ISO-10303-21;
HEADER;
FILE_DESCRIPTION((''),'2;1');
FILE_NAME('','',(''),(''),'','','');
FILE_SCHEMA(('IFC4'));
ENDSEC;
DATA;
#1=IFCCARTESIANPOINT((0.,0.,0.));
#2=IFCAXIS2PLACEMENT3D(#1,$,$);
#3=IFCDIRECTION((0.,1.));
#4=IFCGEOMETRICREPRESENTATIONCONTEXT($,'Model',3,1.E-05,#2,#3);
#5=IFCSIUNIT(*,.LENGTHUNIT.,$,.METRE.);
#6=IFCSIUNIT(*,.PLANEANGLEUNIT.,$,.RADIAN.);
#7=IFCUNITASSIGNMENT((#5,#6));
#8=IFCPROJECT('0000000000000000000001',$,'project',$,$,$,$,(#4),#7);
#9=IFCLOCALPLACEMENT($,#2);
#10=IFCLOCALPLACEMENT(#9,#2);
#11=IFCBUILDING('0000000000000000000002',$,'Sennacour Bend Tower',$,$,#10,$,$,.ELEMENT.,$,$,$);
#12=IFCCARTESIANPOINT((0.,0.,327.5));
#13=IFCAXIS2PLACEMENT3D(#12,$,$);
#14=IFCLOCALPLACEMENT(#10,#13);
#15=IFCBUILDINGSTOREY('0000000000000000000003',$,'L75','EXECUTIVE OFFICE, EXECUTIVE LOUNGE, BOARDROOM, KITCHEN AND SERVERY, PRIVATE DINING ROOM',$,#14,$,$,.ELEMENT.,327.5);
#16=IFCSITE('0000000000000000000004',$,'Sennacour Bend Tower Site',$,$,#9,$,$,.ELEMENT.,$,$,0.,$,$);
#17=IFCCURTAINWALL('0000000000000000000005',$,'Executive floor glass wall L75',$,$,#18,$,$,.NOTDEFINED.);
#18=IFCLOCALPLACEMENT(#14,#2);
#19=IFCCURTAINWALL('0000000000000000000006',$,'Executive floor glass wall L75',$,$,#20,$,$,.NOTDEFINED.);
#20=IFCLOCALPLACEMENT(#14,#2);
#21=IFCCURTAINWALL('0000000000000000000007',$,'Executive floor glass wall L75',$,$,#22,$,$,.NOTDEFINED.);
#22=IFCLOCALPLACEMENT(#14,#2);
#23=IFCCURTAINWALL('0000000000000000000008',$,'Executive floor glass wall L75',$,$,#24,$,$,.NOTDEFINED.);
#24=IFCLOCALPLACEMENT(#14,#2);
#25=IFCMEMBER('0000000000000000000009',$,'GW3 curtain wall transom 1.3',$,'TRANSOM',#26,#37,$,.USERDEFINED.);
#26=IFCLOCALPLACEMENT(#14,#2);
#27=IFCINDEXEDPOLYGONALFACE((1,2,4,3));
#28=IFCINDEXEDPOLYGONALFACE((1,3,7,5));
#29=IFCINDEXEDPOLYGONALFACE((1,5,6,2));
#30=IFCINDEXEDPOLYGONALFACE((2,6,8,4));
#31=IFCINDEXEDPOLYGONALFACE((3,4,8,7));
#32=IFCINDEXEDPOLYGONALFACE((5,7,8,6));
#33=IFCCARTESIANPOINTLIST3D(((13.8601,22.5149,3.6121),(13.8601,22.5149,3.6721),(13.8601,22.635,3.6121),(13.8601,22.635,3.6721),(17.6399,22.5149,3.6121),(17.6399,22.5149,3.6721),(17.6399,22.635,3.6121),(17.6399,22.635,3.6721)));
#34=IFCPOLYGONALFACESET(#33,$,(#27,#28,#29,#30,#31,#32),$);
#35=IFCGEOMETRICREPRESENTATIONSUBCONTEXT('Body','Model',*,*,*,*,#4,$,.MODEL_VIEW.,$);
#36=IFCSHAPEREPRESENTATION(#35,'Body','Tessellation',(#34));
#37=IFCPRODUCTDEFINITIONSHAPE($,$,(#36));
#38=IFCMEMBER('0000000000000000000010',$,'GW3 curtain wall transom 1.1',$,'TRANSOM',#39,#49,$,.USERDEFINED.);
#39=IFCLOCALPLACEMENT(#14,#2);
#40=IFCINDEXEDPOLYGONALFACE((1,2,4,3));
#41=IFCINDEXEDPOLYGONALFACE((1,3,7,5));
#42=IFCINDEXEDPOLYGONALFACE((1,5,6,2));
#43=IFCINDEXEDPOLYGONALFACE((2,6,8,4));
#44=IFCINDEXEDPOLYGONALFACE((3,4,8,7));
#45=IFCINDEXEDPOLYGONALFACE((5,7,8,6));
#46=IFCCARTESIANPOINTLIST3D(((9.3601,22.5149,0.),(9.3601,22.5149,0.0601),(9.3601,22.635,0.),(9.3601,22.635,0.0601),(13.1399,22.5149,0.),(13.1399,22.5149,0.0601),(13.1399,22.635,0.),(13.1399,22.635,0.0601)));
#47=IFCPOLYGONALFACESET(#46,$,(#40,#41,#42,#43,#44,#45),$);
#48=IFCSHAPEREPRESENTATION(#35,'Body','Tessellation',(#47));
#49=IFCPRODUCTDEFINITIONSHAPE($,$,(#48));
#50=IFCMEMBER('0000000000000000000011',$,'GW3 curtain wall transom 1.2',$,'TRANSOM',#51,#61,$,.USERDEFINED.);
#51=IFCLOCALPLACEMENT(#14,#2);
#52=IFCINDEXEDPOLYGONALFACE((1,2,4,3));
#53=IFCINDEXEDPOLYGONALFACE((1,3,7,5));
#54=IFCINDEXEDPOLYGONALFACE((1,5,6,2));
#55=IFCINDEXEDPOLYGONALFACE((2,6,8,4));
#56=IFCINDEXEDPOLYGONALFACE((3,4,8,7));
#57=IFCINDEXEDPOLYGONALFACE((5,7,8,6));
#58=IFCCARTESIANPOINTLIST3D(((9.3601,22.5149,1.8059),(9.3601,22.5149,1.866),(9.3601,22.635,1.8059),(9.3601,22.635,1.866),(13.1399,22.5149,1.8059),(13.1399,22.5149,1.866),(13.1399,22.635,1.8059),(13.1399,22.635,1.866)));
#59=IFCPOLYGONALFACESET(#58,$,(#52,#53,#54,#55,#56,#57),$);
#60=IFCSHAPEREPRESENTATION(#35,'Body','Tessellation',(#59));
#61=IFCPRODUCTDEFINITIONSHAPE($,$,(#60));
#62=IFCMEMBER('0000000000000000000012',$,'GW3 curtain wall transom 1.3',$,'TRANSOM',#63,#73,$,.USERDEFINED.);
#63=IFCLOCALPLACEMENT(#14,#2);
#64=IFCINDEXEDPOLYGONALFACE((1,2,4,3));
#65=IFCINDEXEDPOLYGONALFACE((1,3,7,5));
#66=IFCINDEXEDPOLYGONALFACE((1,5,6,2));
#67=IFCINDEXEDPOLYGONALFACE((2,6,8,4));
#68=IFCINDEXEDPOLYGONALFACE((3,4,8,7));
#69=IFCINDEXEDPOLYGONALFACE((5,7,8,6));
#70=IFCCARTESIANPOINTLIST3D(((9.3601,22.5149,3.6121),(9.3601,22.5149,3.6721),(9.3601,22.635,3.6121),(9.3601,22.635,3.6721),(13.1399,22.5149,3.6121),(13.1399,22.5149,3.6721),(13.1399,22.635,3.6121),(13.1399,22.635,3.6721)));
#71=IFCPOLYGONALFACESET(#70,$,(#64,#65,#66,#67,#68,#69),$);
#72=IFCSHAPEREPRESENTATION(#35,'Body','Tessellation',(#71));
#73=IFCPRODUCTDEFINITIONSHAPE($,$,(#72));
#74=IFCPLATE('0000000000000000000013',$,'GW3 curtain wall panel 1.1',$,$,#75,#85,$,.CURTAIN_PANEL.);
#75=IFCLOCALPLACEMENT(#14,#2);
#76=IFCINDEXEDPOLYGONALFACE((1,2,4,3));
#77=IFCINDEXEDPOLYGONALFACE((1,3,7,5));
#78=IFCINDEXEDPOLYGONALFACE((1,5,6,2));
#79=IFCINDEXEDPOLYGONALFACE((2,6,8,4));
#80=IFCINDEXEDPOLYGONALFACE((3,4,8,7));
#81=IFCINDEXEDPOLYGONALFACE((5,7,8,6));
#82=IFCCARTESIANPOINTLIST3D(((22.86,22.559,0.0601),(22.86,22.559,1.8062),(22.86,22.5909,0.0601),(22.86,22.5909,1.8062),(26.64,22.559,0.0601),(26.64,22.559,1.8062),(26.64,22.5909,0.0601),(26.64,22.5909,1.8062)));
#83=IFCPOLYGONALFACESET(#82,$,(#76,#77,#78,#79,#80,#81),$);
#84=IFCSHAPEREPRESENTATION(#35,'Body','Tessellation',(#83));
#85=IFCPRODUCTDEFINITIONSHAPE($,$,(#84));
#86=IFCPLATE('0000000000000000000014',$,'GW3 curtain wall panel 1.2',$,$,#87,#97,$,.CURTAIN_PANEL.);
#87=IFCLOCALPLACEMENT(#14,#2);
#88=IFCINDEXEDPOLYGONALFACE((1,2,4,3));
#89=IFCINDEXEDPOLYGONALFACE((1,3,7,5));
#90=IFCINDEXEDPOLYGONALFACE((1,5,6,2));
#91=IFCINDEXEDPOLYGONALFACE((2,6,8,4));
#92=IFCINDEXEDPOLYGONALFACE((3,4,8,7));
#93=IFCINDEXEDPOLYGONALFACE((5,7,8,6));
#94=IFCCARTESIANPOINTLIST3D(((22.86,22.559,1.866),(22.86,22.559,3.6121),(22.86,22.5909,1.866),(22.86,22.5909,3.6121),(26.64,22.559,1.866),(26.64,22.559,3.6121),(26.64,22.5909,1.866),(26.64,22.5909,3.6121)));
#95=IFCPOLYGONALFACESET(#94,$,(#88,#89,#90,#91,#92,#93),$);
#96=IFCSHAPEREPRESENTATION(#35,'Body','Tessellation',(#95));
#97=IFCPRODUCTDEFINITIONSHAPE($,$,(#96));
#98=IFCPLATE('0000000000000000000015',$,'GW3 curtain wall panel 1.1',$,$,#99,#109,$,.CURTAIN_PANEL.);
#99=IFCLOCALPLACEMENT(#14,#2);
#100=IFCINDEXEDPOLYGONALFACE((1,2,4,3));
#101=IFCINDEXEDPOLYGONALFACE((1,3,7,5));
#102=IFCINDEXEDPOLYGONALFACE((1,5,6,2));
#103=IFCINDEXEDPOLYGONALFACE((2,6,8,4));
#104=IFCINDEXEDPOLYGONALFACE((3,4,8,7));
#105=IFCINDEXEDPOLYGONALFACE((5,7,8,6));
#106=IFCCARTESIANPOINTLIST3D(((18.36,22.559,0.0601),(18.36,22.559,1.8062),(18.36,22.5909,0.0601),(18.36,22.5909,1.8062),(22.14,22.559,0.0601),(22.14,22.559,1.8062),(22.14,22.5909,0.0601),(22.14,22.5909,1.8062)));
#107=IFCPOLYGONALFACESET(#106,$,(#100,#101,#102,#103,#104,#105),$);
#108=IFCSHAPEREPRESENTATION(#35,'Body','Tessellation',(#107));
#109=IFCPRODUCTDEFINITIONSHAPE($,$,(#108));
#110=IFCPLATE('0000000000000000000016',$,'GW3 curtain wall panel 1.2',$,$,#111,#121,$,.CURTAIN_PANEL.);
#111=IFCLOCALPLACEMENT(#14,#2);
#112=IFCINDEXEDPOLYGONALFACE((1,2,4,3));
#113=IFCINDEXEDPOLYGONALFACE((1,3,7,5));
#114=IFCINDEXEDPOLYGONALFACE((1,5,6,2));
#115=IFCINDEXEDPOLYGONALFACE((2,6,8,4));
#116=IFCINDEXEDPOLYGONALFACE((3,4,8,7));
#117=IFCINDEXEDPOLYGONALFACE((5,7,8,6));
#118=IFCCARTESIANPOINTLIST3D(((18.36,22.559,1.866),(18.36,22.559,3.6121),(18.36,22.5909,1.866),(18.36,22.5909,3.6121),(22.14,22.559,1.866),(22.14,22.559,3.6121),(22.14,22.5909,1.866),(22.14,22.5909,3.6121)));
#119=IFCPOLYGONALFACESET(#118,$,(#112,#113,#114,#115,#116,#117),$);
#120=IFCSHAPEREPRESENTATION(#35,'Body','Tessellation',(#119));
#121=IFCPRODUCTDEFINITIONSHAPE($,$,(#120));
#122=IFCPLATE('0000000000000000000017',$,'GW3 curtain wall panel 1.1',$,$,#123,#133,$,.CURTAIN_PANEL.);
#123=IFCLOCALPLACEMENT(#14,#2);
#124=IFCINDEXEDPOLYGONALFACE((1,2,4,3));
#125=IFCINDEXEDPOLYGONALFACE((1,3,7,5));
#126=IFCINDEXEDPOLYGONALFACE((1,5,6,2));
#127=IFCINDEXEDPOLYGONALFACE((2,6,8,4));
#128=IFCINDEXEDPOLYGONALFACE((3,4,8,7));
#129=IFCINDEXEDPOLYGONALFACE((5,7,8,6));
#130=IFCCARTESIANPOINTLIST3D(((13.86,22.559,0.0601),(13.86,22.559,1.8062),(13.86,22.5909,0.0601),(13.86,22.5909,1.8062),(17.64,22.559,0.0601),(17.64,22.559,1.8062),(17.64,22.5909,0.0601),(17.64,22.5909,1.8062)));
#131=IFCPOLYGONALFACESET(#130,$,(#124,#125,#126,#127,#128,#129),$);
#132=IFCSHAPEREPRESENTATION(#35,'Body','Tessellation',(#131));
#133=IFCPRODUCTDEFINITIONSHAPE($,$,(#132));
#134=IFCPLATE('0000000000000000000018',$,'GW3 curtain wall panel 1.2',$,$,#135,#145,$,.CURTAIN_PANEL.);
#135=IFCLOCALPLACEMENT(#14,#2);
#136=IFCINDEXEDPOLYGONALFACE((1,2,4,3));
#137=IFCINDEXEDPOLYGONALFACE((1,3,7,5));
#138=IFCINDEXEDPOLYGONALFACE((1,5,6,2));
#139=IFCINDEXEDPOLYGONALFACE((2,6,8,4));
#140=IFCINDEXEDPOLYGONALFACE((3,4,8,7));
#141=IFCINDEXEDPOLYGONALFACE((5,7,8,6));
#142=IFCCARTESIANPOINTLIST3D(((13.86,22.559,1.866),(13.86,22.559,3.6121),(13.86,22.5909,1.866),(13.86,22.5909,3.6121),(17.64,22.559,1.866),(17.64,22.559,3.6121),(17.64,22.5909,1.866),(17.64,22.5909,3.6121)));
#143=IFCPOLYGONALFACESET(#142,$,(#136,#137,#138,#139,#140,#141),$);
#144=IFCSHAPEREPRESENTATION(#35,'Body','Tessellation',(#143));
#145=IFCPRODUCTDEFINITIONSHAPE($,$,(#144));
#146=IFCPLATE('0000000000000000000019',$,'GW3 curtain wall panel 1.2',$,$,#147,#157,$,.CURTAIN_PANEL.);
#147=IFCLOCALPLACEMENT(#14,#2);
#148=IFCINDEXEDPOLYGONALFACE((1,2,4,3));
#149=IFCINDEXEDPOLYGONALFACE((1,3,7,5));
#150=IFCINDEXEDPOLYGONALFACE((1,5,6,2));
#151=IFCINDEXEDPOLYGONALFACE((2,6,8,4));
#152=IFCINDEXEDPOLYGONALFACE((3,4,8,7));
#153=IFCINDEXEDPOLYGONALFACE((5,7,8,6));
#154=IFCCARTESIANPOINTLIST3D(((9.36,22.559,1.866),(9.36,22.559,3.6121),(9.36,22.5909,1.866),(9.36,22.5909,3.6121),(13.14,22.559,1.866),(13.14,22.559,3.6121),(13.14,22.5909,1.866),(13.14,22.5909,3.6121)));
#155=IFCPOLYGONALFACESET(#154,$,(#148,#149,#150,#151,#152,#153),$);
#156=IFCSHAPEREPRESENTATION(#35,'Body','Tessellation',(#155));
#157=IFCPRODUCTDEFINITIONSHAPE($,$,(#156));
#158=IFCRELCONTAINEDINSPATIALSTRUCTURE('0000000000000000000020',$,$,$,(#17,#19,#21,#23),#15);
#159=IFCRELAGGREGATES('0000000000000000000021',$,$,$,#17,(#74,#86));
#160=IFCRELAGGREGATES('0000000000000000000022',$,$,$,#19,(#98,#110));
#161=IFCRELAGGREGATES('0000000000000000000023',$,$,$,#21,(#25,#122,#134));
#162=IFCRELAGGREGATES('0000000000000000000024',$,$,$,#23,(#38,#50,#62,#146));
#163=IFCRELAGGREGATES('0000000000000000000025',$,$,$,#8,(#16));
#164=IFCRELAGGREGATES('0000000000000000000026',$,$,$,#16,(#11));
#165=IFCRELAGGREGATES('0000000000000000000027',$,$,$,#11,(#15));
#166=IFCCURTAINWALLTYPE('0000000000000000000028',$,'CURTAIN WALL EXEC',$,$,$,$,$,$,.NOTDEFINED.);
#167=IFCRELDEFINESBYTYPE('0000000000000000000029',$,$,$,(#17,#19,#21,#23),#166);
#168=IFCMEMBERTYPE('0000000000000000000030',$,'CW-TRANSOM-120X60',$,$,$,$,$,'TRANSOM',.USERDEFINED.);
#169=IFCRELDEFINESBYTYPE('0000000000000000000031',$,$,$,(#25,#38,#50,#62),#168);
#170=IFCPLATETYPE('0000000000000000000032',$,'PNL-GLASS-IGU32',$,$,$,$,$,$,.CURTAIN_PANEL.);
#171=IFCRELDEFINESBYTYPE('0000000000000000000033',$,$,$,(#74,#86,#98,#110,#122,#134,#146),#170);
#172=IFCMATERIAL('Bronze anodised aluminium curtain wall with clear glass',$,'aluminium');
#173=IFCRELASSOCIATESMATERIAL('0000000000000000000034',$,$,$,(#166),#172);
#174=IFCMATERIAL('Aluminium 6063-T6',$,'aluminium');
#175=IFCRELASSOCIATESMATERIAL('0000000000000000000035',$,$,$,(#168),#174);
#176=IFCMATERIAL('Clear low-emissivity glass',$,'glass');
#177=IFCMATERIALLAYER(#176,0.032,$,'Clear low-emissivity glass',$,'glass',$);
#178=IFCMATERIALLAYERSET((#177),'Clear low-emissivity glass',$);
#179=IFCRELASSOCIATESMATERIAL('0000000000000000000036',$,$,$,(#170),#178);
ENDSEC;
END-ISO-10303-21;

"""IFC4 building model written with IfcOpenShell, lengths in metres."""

from ifc_helpers import new_model, si_unit, direction, frame, origin, origin_2d, place, context, subcontext, project, spatial, rectangle, extrude, material, layer, layer_set, material_profile, profile_set, type_object, element, aggregate, save


model = new_model("IFC4")

# Units and contexts
model_context = context("Model", 3, precision=1e-05, world=origin(), true_north=direction((0.0, 1.0)))
body_context = subcontext(model_context, "Body", "Model", "MODEL_VIEW")
ifc_project = project(units=[si_unit("LENGTHUNIT", "METRE"), si_unit("PLANEANGLEUNIT", "RADIAN")], contexts=[model_context])

# Site, building, storey
site_placement = place(None, origin())
site = spatial("IfcSite", under=ifc_project, at=site_placement, Name="Sennacour Bend Tower Site", CompositionType="ELEMENT", RefElevation=0.0)
building_placement = place(site_placement, origin())
building = spatial("IfcBuilding", under=site, at=building_placement, Name="Sennacour Bend Tower", CompositionType="ELEMENT")
storey_placement = place(building_placement, frame((0.0, 0.0, 327.5)))
storey = spatial("IfcBuildingStorey", under=building, at=storey_placement, Name="L75", Description="EXECUTIVE OFFICE, EXECUTIVE LOUNGE, BOARDROOM, KITCHEN AND SERVERY, PRIVATE DINING ROOM", CompositionType="ELEMENT", Elevation=327.5)

# Curtain walls
ifc_material_1 = material(Name="Bronze anodised aluminium curtain wall with clear glass", Category="aluminium")
curtain_wall_type = type_object("IfcCurtainWallType", Name="CURTAIN WALL EXEC", PredefinedType="NOTDEFINED", material=ifc_material_1)
curtain_wall_1_placement = place(storey_placement, origin())
curtain_wall_1 = element("IfcCurtainWall", 1, at=curtain_wall_1_placement, inside=storey, type_object=curtain_wall_type, Name="Executive floor glass wall L75", PredefinedType="NOTDEFINED")
ifc_material_2 = material(Name="Aluminium 6063-T6", Category="aluminium")
curtain_wall_2_placement = place(storey_placement, origin())
curtain_wall_2 = element("IfcCurtainWall", 2, at=curtain_wall_2_placement, inside=storey, type_object=curtain_wall_type, Name="Executive floor glass wall L75", PredefinedType="NOTDEFINED")
curtain_wall_3_placement = place(storey_placement, origin())
curtain_wall_3 = element("IfcCurtainWall", 3, at=curtain_wall_3_placement, inside=storey, type_object=curtain_wall_type, Name="Executive floor glass wall L75", PredefinedType="NOTDEFINED")

# Curtain wall
curtain_wall_4_placement = place(storey_placement, origin())
curtain_wall_4 = element("IfcCurtainWall", 4, at=curtain_wall_4_placement, inside=storey, type_object=curtain_wall_type, Name="Executive floor glass wall L75", PredefinedType="NOTDEFINED")

# Members
ifc_material_profile_1 = material_profile(ifc_material_2, rectangle(XDim=0.1201, YDim=0.0601, at=origin_2d()), Name="Aluminium 6063-T6", Category="aluminium")
ifc_profile_set_1 = profile_set([ifc_material_profile_1], Name="Aluminium 6063-T6")
member_type_1 = type_object("IfcMemberType", Name="CW-TRANSOM-120X60", ElementType="TRANSOM", PredefinedType="USERDEFINED", material=ifc_profile_set_1)
member_1_placement = place(storey_placement, frame((17.6399, 22.575, 3.6421), z_axis=(-1.0, 0.0, 0.0), x_axis=(0.0, -1.0, 0.0)))
member_1 = element("IfcMember", 5, at=member_1_placement, type_object=member_type_1, Name="GW3 curtain wall transom 1.3", ObjectType="TRANSOM", PredefinedType="USERDEFINED", context=body_context, shape_type="SweptSolid", body=[
    extrude(rectangle(XDim=0.1201, YDim=0.0601, at=origin_2d()), origin(), (0.0, 0.0, 1.0), 3.7798),
])
member_2_placement = place(storey_placement, frame((13.1399, 22.575, 0.03), z_axis=(-1.0, 0.0, 0.0), x_axis=(0.0, -1.0, 0.0)))
member_2 = element("IfcMember", 6, at=member_2_placement, type_object=member_type_1, Name="GW3 curtain wall transom 1.1", ObjectType="TRANSOM", PredefinedType="USERDEFINED", context=body_context, shape_type="SweptSolid", body=[
    extrude(rectangle(XDim=0.1201, YDim=0.0601, at=origin_2d()), origin(), (0.0, 0.0, 1.0), 3.7798),
])
member_3_placement = place(storey_placement, frame((13.1399, 22.575, 1.8359), z_axis=(-1.0, 0.0, 0.0), x_axis=(0.0, -1.0, 0.0)))
member_3 = element("IfcMember", 7, at=member_3_placement, type_object=member_type_1, Name="GW3 curtain wall transom 1.2", ObjectType="TRANSOM", PredefinedType="USERDEFINED", context=body_context, shape_type="SweptSolid", body=[
    extrude(rectangle(XDim=0.1201, YDim=0.0601, at=origin_2d()), origin(), (0.0, 0.0, 1.0), 3.7798),
])
member_4_placement = place(storey_placement, frame((13.1399, 22.575, 3.6421), z_axis=(-1.0, 0.0, 0.0), x_axis=(0.0, -1.0, 0.0)))
member_4 = element("IfcMember", 8, at=member_4_placement, type_object=member_type_1, Name="GW3 curtain wall transom 1.3", ObjectType="TRANSOM", PredefinedType="USERDEFINED", context=body_context, shape_type="SweptSolid", body=[
    extrude(rectangle(XDim=0.1201, YDim=0.0601, at=origin_2d()), origin(), (0.0, 0.0, 1.0), 3.7798),
])

# Plates
ifc_material_3 = material(Name="Clear low-emissivity glass", Category="glass")
ifc_layer = layer(ifc_material_3, 0.032, Name="Clear low-emissivity glass", Category="glass")
ifc_layer_set = layer_set([ifc_layer], Name="Clear low-emissivity glass")
plate_type = type_object("IfcPlateType", Name="PNL-GLASS-IGU32", PredefinedType="CURTAIN_PANEL", material=ifc_layer_set)
plate_1_placement = place(storey_placement, frame((24.75, 22.575, 0.0601), z_axis=(0.0, 0.0, 1.0), x_axis=(-1.0, 0.0, 0.0)))
plate_1 = element("IfcPlate", 9, at=plate_1_placement, type_object=plate_type, Name="GW3 curtain wall panel 1.1", PredefinedType="CURTAIN_PANEL", context=body_context, shape_type="SweptSolid", body=[
    extrude(rectangle(XDim=3.78, YDim=0.032, at=origin_2d()), origin(), (0.0, 0.0, 1.0), 1.7461),
])
plate_2_placement = place(storey_placement, frame((24.75, 22.575, 1.866), z_axis=(0.0, 0.0, 1.0), x_axis=(-1.0, 0.0, 0.0)))
plate_2 = element("IfcPlate", 10, at=plate_2_placement, type_object=plate_type, Name="GW3 curtain wall panel 1.2", PredefinedType="CURTAIN_PANEL", context=body_context, shape_type="SweptSolid", body=[
    extrude(rectangle(XDim=3.78, YDim=0.032, at=origin_2d()), origin(), (0.0, 0.0, 1.0), 1.7461),
])
aggregate(curtain_wall_1, [plate_1, plate_2])
plate_3_placement = place(storey_placement, frame((20.25, 22.575, 0.0601), z_axis=(0.0, 0.0, 1.0), x_axis=(-1.0, 0.0, 0.0)))
plate_3 = element("IfcPlate", 11, at=plate_3_placement, type_object=plate_type, Name="GW3 curtain wall panel 1.1", PredefinedType="CURTAIN_PANEL", context=body_context, shape_type="SweptSolid", body=[
    extrude(rectangle(XDim=3.78, YDim=0.032, at=origin_2d()), origin(), (0.0, 0.0, 1.0), 1.7461),
])
plate_4_placement = place(storey_placement, frame((20.25, 22.575, 1.866), z_axis=(0.0, 0.0, 1.0), x_axis=(-1.0, 0.0, 0.0)))
plate_4 = element("IfcPlate", 12, at=plate_4_placement, type_object=plate_type, Name="GW3 curtain wall panel 1.2", PredefinedType="CURTAIN_PANEL", context=body_context, shape_type="SweptSolid", body=[
    extrude(rectangle(XDim=3.78, YDim=0.032, at=origin_2d()), origin(), (0.0, 0.0, 1.0), 1.7461),
])
aggregate(curtain_wall_2, [plate_3, plate_4])
plate_5_placement = place(storey_placement, frame((15.75, 22.575, 0.0601), z_axis=(0.0, 0.0, 1.0), x_axis=(-1.0, 0.0, 0.0)))
plate_5 = element("IfcPlate", 13, at=plate_5_placement, type_object=plate_type, Name="GW3 curtain wall panel 1.1", PredefinedType="CURTAIN_PANEL", context=body_context, shape_type="SweptSolid", body=[
    extrude(rectangle(XDim=3.78, YDim=0.032, at=origin_2d()), origin(), (0.0, 0.0, 1.0), 1.7461),
])
plate_6_placement = place(storey_placement, frame((15.75, 22.575, 1.866), z_axis=(0.0, 0.0, 1.0), x_axis=(-1.0, 0.0, 0.0)))
plate_6 = element("IfcPlate", 14, at=plate_6_placement, type_object=plate_type, Name="GW3 curtain wall panel 1.2", PredefinedType="CURTAIN_PANEL", context=body_context, shape_type="SweptSolid", body=[
    extrude(rectangle(XDim=3.78, YDim=0.032, at=origin_2d()), origin(), (0.0, 0.0, 1.0), 1.7461),
])
aggregate(curtain_wall_3, [member_1, plate_5, plate_6])
plate_7_placement = place(storey_placement, frame((11.25, 22.575, 1.866), z_axis=(0.0, 0.0, 1.0), x_axis=(-1.0, 0.0, 0.0)))
plate_7 = element("IfcPlate", 15, at=plate_7_placement, type_object=plate_type, Name="GW3 curtain wall panel 1.2", PredefinedType="CURTAIN_PANEL", context=body_context, shape_type="SweptSolid", body=[
    extrude(rectangle(XDim=3.78, YDim=0.032, at=origin_2d()), origin(), (0.0, 0.0, 1.0), 1.7461),
])
aggregate(curtain_wall_4, [member_2, member_3, member_4, plate_7])

save(model, "model.ifc")
